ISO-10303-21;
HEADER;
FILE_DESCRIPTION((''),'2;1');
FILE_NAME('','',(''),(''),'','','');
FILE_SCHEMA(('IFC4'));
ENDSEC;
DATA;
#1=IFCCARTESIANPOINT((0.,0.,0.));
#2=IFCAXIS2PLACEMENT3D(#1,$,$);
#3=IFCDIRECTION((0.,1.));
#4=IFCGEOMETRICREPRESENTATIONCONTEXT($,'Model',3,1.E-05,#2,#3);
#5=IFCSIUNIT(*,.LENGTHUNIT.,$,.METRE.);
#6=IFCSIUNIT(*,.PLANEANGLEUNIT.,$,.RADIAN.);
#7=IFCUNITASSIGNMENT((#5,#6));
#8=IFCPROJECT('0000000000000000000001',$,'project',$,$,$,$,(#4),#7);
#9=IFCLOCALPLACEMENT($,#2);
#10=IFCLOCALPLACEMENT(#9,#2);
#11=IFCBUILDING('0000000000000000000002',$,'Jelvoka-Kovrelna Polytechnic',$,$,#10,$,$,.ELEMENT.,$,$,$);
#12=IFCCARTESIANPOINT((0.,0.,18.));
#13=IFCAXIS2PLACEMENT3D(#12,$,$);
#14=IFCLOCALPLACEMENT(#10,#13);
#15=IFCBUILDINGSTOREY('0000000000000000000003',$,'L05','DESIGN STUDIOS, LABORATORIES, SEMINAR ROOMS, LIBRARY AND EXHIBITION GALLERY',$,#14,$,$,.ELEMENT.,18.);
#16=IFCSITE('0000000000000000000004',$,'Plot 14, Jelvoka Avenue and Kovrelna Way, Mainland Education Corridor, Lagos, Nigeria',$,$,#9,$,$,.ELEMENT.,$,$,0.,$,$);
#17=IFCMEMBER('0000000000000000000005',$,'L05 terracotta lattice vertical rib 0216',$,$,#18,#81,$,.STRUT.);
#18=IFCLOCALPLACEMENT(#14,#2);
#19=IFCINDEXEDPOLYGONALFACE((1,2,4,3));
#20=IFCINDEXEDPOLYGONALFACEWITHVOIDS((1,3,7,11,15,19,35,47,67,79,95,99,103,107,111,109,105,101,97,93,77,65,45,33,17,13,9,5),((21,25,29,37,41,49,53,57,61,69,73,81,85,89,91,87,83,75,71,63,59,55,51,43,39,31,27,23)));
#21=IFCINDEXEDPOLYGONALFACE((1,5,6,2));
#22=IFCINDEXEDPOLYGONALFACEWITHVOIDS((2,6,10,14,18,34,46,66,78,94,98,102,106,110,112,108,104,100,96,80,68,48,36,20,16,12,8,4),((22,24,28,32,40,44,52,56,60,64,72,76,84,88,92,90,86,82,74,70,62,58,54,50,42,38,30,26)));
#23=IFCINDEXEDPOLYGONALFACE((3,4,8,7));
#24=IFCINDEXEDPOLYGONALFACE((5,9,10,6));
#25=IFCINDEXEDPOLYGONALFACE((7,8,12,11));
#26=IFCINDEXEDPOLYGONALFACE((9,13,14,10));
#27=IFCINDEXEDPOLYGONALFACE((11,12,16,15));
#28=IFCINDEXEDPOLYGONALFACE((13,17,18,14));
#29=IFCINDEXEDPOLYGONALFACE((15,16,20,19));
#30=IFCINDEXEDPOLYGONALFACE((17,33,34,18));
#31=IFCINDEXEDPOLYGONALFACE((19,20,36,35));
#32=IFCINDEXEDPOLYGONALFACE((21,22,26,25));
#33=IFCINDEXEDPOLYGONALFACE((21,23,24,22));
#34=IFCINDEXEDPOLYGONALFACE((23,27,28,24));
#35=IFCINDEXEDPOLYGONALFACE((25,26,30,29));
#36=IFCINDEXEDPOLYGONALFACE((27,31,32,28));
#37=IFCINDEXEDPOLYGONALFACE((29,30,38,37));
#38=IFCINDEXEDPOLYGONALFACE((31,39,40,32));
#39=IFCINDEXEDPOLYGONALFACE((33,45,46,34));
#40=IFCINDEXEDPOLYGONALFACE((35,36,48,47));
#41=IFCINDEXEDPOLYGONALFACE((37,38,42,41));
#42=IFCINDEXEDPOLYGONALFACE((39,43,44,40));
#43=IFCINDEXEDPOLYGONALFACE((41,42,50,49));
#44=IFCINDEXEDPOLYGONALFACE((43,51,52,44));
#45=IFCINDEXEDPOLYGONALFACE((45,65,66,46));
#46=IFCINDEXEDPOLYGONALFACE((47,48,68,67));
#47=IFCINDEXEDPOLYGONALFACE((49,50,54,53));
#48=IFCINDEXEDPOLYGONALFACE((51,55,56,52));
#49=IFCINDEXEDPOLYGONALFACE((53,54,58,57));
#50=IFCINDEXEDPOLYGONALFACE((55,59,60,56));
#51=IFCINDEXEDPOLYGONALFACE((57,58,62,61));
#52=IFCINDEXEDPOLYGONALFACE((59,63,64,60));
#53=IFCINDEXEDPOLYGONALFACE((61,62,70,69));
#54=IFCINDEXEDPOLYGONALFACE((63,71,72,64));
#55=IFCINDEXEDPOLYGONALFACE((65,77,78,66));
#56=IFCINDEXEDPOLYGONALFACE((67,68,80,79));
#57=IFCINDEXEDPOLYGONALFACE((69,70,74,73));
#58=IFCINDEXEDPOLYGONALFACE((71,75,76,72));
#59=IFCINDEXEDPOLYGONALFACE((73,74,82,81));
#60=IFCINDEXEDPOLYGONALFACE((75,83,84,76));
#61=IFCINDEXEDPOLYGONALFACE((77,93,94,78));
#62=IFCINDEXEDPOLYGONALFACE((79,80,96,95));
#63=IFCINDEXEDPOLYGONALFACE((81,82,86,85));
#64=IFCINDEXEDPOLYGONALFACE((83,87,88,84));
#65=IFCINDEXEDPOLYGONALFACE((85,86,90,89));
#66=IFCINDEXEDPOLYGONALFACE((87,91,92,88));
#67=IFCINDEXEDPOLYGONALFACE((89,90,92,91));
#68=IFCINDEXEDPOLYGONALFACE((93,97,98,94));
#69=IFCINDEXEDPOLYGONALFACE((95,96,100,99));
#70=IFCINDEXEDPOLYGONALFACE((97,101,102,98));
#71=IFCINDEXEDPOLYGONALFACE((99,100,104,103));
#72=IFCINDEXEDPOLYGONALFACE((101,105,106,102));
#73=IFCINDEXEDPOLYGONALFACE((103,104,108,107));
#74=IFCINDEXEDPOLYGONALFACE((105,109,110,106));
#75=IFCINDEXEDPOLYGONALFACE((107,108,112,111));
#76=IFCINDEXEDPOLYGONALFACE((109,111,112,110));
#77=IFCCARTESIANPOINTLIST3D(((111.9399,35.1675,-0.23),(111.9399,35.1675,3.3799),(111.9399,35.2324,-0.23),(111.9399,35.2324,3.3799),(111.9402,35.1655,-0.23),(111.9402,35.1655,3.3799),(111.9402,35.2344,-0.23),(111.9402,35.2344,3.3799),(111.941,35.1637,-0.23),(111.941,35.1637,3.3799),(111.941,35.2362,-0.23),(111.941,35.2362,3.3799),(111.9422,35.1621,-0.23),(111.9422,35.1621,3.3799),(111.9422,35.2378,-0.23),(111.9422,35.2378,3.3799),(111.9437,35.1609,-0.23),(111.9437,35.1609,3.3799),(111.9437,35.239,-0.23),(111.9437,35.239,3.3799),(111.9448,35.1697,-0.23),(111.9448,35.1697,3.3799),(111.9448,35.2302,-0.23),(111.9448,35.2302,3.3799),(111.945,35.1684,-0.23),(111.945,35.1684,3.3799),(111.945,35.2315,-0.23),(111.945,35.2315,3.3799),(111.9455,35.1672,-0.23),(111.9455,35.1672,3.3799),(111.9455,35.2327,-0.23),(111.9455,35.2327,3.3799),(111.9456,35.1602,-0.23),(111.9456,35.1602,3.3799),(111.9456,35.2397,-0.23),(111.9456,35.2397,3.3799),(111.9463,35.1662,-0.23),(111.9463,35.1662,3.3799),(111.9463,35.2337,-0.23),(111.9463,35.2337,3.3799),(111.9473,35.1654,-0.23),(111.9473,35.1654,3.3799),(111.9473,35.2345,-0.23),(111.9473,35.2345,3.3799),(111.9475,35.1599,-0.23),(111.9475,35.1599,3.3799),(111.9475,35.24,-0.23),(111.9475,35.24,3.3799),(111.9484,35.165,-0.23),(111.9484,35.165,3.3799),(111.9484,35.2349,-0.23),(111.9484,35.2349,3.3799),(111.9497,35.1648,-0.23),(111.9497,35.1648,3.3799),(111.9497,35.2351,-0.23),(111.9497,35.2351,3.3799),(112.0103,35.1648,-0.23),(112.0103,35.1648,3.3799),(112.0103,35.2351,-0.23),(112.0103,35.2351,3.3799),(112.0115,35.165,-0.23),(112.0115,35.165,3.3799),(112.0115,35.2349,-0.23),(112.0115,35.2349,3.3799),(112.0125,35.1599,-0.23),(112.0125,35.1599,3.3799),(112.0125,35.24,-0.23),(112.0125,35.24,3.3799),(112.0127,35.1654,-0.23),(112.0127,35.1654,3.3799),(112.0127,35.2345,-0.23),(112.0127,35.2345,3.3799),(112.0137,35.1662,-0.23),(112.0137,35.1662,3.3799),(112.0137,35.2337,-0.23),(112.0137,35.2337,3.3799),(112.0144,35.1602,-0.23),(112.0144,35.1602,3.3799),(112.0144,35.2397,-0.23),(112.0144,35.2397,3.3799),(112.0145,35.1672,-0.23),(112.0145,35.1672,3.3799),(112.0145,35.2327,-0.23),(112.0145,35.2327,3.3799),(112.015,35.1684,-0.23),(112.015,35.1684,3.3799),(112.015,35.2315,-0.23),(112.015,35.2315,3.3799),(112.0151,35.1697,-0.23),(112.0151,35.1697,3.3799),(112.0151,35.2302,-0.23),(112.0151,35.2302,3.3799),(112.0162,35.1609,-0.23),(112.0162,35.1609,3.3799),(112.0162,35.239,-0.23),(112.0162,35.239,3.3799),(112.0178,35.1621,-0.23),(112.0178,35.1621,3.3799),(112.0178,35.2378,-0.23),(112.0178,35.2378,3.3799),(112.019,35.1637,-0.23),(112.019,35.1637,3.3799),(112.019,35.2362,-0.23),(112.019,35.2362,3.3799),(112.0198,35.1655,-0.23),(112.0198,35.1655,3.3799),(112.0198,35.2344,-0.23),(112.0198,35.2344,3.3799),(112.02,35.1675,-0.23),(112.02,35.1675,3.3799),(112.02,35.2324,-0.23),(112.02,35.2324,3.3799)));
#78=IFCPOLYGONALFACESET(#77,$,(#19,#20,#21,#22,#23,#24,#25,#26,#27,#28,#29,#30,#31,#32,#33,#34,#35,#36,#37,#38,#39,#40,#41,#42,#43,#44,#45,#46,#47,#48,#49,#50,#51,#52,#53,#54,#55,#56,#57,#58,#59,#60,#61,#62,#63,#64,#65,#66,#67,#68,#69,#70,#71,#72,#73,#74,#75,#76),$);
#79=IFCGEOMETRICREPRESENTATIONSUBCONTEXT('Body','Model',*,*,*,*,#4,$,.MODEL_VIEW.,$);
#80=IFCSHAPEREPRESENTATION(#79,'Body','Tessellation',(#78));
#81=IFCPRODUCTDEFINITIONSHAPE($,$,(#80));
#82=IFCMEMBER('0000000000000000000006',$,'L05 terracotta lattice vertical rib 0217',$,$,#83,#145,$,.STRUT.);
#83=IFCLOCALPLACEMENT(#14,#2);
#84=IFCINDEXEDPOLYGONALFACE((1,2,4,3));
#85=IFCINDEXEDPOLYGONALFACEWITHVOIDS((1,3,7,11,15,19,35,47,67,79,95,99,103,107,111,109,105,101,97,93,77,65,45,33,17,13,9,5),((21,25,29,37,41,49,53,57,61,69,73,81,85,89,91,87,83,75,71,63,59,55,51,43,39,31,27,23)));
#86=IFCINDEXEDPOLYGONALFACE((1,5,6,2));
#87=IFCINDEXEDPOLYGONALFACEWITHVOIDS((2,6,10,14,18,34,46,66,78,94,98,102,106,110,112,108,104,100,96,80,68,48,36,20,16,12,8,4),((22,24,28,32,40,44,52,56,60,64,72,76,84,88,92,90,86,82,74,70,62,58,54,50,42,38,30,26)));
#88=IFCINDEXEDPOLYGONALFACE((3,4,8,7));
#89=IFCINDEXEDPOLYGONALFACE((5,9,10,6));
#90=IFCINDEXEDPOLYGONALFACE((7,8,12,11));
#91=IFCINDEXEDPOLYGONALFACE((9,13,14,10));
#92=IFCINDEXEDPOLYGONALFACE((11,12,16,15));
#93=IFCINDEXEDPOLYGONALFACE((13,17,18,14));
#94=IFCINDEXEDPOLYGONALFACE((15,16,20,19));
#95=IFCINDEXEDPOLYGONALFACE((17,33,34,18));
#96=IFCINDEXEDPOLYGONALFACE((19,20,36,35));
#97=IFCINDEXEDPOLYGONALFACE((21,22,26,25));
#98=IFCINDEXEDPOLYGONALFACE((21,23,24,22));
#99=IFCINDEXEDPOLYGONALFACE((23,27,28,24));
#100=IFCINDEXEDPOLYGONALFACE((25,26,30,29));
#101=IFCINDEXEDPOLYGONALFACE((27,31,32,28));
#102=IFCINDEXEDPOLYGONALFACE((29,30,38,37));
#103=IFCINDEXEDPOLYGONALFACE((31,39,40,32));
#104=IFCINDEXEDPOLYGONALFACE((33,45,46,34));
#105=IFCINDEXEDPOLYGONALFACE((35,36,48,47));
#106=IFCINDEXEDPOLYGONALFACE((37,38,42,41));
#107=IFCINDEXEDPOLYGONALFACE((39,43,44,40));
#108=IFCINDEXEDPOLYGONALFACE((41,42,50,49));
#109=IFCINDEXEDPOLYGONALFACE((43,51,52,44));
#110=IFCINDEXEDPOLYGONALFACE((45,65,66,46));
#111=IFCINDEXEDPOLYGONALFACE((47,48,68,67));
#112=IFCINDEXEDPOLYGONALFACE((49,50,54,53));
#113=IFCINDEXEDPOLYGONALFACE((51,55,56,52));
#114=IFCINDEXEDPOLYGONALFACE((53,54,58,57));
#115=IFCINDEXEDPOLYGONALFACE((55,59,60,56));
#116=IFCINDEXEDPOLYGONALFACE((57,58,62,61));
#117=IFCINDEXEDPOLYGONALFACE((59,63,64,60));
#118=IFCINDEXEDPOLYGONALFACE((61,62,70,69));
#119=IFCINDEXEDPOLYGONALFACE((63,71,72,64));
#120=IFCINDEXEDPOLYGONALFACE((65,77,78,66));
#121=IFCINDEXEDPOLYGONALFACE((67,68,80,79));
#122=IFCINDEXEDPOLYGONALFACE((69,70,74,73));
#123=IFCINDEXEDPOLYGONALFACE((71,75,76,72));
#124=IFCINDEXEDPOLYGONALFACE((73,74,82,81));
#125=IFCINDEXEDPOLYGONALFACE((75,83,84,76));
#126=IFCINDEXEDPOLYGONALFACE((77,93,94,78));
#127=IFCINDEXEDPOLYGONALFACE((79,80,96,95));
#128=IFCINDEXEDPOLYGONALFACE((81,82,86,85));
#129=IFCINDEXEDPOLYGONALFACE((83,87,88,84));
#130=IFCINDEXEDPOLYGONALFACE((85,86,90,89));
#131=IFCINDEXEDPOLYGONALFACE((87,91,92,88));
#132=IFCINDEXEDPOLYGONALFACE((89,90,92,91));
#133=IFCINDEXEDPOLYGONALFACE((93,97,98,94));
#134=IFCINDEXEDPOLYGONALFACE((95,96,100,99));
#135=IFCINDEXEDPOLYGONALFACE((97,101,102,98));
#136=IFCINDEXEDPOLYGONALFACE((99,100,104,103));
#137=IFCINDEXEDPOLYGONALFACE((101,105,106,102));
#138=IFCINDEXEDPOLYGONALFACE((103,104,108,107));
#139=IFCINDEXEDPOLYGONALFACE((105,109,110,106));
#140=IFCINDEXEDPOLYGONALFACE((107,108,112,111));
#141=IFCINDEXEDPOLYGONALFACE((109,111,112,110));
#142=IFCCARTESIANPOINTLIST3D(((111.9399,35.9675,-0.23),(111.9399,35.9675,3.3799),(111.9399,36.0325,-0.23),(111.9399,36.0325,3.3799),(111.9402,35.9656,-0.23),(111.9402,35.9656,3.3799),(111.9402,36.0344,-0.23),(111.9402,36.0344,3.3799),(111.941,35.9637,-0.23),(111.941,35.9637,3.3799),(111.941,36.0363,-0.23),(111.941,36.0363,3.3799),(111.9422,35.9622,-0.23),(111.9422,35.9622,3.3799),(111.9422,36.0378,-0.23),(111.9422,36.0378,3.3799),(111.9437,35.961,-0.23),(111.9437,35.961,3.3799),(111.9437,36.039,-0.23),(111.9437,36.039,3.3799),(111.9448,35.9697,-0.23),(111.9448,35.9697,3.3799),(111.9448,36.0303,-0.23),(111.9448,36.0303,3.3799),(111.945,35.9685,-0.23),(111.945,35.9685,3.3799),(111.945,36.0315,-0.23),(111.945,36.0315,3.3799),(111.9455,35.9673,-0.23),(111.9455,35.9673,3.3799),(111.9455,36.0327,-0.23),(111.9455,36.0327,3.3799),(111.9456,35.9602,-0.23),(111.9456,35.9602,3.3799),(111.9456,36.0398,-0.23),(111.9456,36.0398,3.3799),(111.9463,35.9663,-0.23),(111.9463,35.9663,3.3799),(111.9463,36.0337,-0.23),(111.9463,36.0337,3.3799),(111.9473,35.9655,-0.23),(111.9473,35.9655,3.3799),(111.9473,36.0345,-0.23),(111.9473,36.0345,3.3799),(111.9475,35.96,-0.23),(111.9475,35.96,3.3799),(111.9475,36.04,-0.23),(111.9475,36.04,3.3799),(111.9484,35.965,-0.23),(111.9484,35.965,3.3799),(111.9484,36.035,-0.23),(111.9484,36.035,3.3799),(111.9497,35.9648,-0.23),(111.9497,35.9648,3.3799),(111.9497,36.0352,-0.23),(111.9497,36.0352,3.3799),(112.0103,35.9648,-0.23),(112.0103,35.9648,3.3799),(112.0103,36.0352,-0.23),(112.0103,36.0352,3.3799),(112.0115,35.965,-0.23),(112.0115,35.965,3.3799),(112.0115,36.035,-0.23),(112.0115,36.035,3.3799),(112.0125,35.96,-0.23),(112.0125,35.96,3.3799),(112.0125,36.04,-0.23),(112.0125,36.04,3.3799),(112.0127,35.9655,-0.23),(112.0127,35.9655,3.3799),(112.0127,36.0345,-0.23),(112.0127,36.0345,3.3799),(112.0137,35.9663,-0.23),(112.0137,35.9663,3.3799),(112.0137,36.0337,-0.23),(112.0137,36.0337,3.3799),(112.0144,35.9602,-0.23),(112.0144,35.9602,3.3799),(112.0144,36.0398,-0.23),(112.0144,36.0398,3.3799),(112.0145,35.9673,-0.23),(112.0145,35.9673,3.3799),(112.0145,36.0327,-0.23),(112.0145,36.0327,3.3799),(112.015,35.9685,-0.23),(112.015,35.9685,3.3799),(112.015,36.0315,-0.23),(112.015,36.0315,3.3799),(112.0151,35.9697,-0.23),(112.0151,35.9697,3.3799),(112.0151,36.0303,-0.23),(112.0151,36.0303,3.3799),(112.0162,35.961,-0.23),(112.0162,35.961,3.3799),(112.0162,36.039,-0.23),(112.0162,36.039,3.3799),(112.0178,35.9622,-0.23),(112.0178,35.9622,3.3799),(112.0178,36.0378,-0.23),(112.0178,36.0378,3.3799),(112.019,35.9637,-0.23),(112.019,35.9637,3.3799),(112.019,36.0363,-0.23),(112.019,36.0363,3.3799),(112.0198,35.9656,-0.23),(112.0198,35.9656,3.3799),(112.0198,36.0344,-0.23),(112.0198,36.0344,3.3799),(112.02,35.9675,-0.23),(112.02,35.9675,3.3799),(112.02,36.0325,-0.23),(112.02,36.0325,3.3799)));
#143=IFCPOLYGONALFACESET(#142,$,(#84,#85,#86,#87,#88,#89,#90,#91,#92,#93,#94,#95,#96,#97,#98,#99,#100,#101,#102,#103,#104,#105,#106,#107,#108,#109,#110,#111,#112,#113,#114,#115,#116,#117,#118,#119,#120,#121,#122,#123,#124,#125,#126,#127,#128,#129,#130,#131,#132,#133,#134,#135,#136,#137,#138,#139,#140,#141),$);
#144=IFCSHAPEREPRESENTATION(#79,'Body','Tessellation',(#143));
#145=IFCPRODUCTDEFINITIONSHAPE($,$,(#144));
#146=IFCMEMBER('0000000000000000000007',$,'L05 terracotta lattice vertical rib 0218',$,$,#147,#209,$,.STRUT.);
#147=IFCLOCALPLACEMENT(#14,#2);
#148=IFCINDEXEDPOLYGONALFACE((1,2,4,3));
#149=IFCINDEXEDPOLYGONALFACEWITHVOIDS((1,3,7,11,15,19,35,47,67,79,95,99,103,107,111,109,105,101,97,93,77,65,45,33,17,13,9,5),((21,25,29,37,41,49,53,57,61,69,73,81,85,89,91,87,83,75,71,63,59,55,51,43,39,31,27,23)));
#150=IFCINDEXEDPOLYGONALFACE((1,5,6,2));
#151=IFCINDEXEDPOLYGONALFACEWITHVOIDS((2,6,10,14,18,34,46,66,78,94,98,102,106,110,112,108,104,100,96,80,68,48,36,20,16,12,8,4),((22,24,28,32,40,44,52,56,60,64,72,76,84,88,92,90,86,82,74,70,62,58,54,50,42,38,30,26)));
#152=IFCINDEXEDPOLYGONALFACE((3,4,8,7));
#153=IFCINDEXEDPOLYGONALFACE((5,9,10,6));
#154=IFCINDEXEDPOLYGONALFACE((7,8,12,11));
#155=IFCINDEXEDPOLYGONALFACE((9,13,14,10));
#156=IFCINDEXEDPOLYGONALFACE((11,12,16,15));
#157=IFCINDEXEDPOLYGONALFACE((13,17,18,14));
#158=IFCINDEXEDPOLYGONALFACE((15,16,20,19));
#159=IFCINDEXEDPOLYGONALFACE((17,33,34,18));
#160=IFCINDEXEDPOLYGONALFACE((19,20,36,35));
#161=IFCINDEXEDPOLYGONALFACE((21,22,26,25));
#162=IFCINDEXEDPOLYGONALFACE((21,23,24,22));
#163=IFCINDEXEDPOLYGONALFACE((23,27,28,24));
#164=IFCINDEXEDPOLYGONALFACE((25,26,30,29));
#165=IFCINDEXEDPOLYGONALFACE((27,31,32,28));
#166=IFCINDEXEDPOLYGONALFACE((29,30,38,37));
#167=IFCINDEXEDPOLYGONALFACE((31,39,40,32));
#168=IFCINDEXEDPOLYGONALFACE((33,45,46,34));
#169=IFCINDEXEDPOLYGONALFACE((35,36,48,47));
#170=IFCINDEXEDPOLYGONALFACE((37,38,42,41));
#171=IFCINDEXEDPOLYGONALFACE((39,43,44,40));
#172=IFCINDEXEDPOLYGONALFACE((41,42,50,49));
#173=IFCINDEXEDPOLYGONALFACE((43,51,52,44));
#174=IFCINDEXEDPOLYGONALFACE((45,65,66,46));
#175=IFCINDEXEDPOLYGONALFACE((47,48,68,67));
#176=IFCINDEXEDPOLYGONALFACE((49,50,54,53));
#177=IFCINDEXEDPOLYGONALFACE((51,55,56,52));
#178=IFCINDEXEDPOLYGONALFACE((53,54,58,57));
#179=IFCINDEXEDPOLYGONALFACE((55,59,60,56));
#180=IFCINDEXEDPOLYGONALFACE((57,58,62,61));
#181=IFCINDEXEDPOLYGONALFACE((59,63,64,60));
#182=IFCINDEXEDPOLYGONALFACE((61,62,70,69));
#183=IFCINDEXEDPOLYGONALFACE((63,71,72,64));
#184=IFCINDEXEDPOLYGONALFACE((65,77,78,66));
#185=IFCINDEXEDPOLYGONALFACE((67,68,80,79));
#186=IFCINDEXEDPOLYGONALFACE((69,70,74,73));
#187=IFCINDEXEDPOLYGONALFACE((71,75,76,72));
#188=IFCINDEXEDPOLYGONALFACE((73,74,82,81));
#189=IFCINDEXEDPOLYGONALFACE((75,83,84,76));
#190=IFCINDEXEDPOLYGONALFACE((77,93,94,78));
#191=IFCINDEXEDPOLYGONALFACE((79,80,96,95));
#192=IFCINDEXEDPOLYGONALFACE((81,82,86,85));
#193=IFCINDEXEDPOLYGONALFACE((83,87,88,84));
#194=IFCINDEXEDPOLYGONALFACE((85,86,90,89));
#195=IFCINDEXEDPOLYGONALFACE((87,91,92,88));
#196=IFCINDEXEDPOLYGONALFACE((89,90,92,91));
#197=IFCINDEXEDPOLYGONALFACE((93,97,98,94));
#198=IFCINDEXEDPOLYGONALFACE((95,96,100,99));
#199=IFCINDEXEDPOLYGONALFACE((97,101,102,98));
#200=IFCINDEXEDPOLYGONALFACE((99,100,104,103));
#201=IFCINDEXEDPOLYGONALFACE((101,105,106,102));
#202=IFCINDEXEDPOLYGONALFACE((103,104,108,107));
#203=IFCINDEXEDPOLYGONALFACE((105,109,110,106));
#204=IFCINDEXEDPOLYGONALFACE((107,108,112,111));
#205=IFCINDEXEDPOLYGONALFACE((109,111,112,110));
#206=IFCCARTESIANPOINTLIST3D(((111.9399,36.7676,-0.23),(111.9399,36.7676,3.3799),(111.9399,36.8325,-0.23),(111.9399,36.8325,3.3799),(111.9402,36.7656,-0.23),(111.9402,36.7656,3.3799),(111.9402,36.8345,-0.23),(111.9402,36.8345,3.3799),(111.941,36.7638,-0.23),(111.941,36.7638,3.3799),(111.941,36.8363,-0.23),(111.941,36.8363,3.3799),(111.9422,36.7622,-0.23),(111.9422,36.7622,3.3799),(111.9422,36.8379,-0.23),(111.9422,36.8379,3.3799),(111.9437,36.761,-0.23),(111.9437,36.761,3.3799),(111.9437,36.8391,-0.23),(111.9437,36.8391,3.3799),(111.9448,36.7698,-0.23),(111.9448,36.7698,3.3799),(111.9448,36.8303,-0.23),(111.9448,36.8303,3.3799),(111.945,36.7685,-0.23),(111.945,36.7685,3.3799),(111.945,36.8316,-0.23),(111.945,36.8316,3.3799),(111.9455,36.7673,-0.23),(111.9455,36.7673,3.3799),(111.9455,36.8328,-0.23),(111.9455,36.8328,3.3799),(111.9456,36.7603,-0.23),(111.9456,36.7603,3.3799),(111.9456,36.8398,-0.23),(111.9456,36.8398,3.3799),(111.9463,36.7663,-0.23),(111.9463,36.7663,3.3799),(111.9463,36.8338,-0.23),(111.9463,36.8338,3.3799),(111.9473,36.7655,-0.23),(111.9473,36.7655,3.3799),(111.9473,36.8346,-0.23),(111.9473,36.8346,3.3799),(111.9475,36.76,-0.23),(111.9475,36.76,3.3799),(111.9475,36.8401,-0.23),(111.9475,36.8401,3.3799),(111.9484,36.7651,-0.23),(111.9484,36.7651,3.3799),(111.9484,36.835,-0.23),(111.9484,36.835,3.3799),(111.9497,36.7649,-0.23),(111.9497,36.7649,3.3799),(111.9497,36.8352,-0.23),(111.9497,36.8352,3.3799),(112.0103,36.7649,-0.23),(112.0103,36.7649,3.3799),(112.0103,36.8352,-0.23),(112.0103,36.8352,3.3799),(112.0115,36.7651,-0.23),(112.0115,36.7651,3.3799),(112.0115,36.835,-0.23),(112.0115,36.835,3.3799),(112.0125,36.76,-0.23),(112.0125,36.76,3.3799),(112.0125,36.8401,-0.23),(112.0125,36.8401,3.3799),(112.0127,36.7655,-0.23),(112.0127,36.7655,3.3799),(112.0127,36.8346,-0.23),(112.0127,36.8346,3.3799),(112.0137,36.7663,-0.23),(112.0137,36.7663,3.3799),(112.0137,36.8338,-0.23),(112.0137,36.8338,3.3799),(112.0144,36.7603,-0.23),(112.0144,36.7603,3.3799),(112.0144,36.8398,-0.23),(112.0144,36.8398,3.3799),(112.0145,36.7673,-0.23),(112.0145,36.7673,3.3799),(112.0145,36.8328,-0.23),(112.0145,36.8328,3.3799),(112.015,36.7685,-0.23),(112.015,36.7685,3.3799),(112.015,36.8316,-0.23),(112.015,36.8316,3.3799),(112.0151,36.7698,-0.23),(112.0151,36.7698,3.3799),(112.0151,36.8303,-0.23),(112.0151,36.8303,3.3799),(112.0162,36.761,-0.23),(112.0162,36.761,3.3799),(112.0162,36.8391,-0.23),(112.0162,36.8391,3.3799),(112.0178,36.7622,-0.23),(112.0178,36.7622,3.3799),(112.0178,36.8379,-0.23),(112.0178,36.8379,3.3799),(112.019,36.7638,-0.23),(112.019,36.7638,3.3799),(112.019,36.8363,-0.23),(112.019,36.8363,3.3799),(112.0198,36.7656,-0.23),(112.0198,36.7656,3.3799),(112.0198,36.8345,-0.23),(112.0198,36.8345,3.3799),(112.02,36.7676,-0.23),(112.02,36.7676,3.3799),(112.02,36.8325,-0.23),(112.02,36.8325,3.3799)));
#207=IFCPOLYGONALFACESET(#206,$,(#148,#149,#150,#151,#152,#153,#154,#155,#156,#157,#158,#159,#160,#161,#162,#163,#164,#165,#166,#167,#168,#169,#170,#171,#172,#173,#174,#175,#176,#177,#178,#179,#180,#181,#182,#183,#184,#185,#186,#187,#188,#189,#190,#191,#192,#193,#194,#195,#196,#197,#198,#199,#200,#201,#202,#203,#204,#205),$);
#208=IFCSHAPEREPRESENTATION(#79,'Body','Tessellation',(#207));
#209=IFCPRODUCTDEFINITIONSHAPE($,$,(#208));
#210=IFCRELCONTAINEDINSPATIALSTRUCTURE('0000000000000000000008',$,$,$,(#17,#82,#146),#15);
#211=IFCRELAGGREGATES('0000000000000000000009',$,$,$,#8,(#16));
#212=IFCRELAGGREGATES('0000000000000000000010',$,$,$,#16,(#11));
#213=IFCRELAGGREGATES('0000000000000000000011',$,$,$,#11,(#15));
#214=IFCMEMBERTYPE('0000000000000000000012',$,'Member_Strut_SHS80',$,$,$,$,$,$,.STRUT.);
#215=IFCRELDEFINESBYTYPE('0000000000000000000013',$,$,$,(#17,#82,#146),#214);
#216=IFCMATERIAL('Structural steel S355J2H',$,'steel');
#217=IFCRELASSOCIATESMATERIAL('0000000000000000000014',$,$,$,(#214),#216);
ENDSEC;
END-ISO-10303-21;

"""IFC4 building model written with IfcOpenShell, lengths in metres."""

from ifc_helpers import new_model, si_unit, direction, frame, origin, origin_2d, place, context, subcontext, project, spatial, hollow_rectangle, extrude, material, material_profile, profile_set, type_object, element, save


model = new_model("IFC4")

# Units and contexts
model_context = context("Model", 3, precision=1e-05, world=origin(), true_north=direction((0.0, 1.0)))
body_context = subcontext(model_context, "Body", "Model", "MODEL_VIEW")
ifc_project = project(units=[si_unit("LENGTHUNIT", "METRE"), si_unit("PLANEANGLEUNIT", "RADIAN")], contexts=[model_context])

# Site, building, storey
site_placement = place(None, origin())
site = spatial("IfcSite", under=ifc_project, at=site_placement, Name="Plot 14, Jelvoka Avenue and Kovrelna Way, Mainland Education Corridor, Lagos, Nigeria", CompositionType="ELEMENT", RefElevation=0.0)
building_placement = place(site_placement, origin())
building = spatial("IfcBuilding", under=site, at=building_placement, Name="Jelvoka-Kovrelna Polytechnic", CompositionType="ELEMENT")
storey_placement = place(building_placement, frame((0.0, 0.0, 18.0)))
storey = spatial("IfcBuildingStorey", under=building, at=storey_placement, Name="L05", Description="DESIGN STUDIOS, LABORATORIES, SEMINAR ROOMS, LIBRARY AND EXHIBITION GALLERY", CompositionType="ELEMENT", Elevation=18.0)

# Members
ifc_material_1 = material(Name="Structural steel S355J2H", Category="steel")
ifc_material_profile_1 = material_profile(ifc_material_1, hollow_rectangle(XDim=0.0801, YDim=0.0801, WallThickness=0.0049, InnerFilletRadius=0.0049, OuterFilletRadius=0.0076, at=origin_2d()), Name="80x80x5.0 SHS")
ifc_profile_set_1 = profile_set([ifc_material_profile_1], Name="Structural steel S355J2H")
member_type_1 = type_object("IfcMemberType", Name="Member_Strut_SHS80", PredefinedType="STRUT", material=ifc_profile_set_1)
for number, where, z_axis, x_axis, name in (
    (1, (111.98, 35.2, -0.23), (0.0, 0.0, 1.0), (1.0, 0.0, 0.0), "L05 terracotta lattice vertical rib 0216"),
    (2, (111.98, 36.0, -0.23), (0.0, 0.0, 1.0), (1.0, 0.0, 0.0), "L05 terracotta lattice vertical rib 0217"),
    (3, (111.98, 36.8, -0.23), (0.0, 0.0, 1.0), (1.0, 0.0, 0.0), "L05 terracotta lattice vertical rib 0218"),
):
    element("IfcMember", number, at=place(storey_placement, frame(where, z_axis=z_axis, x_axis=x_axis)), inside=storey, type_object=member_type_1, Name=name, PredefinedType="STRUT", context=body_context, shape_type="SweptSolid", body=[
        extrude(hollow_rectangle(XDim=0.0801, YDim=0.0801, WallThickness=0.0049, InnerFilletRadius=0.0049, OuterFilletRadius=0.0076, at=origin_2d()), origin(), (0.0, 0.0, 1.0), 3.6099),
    ])

save(model, "model.ifc")
